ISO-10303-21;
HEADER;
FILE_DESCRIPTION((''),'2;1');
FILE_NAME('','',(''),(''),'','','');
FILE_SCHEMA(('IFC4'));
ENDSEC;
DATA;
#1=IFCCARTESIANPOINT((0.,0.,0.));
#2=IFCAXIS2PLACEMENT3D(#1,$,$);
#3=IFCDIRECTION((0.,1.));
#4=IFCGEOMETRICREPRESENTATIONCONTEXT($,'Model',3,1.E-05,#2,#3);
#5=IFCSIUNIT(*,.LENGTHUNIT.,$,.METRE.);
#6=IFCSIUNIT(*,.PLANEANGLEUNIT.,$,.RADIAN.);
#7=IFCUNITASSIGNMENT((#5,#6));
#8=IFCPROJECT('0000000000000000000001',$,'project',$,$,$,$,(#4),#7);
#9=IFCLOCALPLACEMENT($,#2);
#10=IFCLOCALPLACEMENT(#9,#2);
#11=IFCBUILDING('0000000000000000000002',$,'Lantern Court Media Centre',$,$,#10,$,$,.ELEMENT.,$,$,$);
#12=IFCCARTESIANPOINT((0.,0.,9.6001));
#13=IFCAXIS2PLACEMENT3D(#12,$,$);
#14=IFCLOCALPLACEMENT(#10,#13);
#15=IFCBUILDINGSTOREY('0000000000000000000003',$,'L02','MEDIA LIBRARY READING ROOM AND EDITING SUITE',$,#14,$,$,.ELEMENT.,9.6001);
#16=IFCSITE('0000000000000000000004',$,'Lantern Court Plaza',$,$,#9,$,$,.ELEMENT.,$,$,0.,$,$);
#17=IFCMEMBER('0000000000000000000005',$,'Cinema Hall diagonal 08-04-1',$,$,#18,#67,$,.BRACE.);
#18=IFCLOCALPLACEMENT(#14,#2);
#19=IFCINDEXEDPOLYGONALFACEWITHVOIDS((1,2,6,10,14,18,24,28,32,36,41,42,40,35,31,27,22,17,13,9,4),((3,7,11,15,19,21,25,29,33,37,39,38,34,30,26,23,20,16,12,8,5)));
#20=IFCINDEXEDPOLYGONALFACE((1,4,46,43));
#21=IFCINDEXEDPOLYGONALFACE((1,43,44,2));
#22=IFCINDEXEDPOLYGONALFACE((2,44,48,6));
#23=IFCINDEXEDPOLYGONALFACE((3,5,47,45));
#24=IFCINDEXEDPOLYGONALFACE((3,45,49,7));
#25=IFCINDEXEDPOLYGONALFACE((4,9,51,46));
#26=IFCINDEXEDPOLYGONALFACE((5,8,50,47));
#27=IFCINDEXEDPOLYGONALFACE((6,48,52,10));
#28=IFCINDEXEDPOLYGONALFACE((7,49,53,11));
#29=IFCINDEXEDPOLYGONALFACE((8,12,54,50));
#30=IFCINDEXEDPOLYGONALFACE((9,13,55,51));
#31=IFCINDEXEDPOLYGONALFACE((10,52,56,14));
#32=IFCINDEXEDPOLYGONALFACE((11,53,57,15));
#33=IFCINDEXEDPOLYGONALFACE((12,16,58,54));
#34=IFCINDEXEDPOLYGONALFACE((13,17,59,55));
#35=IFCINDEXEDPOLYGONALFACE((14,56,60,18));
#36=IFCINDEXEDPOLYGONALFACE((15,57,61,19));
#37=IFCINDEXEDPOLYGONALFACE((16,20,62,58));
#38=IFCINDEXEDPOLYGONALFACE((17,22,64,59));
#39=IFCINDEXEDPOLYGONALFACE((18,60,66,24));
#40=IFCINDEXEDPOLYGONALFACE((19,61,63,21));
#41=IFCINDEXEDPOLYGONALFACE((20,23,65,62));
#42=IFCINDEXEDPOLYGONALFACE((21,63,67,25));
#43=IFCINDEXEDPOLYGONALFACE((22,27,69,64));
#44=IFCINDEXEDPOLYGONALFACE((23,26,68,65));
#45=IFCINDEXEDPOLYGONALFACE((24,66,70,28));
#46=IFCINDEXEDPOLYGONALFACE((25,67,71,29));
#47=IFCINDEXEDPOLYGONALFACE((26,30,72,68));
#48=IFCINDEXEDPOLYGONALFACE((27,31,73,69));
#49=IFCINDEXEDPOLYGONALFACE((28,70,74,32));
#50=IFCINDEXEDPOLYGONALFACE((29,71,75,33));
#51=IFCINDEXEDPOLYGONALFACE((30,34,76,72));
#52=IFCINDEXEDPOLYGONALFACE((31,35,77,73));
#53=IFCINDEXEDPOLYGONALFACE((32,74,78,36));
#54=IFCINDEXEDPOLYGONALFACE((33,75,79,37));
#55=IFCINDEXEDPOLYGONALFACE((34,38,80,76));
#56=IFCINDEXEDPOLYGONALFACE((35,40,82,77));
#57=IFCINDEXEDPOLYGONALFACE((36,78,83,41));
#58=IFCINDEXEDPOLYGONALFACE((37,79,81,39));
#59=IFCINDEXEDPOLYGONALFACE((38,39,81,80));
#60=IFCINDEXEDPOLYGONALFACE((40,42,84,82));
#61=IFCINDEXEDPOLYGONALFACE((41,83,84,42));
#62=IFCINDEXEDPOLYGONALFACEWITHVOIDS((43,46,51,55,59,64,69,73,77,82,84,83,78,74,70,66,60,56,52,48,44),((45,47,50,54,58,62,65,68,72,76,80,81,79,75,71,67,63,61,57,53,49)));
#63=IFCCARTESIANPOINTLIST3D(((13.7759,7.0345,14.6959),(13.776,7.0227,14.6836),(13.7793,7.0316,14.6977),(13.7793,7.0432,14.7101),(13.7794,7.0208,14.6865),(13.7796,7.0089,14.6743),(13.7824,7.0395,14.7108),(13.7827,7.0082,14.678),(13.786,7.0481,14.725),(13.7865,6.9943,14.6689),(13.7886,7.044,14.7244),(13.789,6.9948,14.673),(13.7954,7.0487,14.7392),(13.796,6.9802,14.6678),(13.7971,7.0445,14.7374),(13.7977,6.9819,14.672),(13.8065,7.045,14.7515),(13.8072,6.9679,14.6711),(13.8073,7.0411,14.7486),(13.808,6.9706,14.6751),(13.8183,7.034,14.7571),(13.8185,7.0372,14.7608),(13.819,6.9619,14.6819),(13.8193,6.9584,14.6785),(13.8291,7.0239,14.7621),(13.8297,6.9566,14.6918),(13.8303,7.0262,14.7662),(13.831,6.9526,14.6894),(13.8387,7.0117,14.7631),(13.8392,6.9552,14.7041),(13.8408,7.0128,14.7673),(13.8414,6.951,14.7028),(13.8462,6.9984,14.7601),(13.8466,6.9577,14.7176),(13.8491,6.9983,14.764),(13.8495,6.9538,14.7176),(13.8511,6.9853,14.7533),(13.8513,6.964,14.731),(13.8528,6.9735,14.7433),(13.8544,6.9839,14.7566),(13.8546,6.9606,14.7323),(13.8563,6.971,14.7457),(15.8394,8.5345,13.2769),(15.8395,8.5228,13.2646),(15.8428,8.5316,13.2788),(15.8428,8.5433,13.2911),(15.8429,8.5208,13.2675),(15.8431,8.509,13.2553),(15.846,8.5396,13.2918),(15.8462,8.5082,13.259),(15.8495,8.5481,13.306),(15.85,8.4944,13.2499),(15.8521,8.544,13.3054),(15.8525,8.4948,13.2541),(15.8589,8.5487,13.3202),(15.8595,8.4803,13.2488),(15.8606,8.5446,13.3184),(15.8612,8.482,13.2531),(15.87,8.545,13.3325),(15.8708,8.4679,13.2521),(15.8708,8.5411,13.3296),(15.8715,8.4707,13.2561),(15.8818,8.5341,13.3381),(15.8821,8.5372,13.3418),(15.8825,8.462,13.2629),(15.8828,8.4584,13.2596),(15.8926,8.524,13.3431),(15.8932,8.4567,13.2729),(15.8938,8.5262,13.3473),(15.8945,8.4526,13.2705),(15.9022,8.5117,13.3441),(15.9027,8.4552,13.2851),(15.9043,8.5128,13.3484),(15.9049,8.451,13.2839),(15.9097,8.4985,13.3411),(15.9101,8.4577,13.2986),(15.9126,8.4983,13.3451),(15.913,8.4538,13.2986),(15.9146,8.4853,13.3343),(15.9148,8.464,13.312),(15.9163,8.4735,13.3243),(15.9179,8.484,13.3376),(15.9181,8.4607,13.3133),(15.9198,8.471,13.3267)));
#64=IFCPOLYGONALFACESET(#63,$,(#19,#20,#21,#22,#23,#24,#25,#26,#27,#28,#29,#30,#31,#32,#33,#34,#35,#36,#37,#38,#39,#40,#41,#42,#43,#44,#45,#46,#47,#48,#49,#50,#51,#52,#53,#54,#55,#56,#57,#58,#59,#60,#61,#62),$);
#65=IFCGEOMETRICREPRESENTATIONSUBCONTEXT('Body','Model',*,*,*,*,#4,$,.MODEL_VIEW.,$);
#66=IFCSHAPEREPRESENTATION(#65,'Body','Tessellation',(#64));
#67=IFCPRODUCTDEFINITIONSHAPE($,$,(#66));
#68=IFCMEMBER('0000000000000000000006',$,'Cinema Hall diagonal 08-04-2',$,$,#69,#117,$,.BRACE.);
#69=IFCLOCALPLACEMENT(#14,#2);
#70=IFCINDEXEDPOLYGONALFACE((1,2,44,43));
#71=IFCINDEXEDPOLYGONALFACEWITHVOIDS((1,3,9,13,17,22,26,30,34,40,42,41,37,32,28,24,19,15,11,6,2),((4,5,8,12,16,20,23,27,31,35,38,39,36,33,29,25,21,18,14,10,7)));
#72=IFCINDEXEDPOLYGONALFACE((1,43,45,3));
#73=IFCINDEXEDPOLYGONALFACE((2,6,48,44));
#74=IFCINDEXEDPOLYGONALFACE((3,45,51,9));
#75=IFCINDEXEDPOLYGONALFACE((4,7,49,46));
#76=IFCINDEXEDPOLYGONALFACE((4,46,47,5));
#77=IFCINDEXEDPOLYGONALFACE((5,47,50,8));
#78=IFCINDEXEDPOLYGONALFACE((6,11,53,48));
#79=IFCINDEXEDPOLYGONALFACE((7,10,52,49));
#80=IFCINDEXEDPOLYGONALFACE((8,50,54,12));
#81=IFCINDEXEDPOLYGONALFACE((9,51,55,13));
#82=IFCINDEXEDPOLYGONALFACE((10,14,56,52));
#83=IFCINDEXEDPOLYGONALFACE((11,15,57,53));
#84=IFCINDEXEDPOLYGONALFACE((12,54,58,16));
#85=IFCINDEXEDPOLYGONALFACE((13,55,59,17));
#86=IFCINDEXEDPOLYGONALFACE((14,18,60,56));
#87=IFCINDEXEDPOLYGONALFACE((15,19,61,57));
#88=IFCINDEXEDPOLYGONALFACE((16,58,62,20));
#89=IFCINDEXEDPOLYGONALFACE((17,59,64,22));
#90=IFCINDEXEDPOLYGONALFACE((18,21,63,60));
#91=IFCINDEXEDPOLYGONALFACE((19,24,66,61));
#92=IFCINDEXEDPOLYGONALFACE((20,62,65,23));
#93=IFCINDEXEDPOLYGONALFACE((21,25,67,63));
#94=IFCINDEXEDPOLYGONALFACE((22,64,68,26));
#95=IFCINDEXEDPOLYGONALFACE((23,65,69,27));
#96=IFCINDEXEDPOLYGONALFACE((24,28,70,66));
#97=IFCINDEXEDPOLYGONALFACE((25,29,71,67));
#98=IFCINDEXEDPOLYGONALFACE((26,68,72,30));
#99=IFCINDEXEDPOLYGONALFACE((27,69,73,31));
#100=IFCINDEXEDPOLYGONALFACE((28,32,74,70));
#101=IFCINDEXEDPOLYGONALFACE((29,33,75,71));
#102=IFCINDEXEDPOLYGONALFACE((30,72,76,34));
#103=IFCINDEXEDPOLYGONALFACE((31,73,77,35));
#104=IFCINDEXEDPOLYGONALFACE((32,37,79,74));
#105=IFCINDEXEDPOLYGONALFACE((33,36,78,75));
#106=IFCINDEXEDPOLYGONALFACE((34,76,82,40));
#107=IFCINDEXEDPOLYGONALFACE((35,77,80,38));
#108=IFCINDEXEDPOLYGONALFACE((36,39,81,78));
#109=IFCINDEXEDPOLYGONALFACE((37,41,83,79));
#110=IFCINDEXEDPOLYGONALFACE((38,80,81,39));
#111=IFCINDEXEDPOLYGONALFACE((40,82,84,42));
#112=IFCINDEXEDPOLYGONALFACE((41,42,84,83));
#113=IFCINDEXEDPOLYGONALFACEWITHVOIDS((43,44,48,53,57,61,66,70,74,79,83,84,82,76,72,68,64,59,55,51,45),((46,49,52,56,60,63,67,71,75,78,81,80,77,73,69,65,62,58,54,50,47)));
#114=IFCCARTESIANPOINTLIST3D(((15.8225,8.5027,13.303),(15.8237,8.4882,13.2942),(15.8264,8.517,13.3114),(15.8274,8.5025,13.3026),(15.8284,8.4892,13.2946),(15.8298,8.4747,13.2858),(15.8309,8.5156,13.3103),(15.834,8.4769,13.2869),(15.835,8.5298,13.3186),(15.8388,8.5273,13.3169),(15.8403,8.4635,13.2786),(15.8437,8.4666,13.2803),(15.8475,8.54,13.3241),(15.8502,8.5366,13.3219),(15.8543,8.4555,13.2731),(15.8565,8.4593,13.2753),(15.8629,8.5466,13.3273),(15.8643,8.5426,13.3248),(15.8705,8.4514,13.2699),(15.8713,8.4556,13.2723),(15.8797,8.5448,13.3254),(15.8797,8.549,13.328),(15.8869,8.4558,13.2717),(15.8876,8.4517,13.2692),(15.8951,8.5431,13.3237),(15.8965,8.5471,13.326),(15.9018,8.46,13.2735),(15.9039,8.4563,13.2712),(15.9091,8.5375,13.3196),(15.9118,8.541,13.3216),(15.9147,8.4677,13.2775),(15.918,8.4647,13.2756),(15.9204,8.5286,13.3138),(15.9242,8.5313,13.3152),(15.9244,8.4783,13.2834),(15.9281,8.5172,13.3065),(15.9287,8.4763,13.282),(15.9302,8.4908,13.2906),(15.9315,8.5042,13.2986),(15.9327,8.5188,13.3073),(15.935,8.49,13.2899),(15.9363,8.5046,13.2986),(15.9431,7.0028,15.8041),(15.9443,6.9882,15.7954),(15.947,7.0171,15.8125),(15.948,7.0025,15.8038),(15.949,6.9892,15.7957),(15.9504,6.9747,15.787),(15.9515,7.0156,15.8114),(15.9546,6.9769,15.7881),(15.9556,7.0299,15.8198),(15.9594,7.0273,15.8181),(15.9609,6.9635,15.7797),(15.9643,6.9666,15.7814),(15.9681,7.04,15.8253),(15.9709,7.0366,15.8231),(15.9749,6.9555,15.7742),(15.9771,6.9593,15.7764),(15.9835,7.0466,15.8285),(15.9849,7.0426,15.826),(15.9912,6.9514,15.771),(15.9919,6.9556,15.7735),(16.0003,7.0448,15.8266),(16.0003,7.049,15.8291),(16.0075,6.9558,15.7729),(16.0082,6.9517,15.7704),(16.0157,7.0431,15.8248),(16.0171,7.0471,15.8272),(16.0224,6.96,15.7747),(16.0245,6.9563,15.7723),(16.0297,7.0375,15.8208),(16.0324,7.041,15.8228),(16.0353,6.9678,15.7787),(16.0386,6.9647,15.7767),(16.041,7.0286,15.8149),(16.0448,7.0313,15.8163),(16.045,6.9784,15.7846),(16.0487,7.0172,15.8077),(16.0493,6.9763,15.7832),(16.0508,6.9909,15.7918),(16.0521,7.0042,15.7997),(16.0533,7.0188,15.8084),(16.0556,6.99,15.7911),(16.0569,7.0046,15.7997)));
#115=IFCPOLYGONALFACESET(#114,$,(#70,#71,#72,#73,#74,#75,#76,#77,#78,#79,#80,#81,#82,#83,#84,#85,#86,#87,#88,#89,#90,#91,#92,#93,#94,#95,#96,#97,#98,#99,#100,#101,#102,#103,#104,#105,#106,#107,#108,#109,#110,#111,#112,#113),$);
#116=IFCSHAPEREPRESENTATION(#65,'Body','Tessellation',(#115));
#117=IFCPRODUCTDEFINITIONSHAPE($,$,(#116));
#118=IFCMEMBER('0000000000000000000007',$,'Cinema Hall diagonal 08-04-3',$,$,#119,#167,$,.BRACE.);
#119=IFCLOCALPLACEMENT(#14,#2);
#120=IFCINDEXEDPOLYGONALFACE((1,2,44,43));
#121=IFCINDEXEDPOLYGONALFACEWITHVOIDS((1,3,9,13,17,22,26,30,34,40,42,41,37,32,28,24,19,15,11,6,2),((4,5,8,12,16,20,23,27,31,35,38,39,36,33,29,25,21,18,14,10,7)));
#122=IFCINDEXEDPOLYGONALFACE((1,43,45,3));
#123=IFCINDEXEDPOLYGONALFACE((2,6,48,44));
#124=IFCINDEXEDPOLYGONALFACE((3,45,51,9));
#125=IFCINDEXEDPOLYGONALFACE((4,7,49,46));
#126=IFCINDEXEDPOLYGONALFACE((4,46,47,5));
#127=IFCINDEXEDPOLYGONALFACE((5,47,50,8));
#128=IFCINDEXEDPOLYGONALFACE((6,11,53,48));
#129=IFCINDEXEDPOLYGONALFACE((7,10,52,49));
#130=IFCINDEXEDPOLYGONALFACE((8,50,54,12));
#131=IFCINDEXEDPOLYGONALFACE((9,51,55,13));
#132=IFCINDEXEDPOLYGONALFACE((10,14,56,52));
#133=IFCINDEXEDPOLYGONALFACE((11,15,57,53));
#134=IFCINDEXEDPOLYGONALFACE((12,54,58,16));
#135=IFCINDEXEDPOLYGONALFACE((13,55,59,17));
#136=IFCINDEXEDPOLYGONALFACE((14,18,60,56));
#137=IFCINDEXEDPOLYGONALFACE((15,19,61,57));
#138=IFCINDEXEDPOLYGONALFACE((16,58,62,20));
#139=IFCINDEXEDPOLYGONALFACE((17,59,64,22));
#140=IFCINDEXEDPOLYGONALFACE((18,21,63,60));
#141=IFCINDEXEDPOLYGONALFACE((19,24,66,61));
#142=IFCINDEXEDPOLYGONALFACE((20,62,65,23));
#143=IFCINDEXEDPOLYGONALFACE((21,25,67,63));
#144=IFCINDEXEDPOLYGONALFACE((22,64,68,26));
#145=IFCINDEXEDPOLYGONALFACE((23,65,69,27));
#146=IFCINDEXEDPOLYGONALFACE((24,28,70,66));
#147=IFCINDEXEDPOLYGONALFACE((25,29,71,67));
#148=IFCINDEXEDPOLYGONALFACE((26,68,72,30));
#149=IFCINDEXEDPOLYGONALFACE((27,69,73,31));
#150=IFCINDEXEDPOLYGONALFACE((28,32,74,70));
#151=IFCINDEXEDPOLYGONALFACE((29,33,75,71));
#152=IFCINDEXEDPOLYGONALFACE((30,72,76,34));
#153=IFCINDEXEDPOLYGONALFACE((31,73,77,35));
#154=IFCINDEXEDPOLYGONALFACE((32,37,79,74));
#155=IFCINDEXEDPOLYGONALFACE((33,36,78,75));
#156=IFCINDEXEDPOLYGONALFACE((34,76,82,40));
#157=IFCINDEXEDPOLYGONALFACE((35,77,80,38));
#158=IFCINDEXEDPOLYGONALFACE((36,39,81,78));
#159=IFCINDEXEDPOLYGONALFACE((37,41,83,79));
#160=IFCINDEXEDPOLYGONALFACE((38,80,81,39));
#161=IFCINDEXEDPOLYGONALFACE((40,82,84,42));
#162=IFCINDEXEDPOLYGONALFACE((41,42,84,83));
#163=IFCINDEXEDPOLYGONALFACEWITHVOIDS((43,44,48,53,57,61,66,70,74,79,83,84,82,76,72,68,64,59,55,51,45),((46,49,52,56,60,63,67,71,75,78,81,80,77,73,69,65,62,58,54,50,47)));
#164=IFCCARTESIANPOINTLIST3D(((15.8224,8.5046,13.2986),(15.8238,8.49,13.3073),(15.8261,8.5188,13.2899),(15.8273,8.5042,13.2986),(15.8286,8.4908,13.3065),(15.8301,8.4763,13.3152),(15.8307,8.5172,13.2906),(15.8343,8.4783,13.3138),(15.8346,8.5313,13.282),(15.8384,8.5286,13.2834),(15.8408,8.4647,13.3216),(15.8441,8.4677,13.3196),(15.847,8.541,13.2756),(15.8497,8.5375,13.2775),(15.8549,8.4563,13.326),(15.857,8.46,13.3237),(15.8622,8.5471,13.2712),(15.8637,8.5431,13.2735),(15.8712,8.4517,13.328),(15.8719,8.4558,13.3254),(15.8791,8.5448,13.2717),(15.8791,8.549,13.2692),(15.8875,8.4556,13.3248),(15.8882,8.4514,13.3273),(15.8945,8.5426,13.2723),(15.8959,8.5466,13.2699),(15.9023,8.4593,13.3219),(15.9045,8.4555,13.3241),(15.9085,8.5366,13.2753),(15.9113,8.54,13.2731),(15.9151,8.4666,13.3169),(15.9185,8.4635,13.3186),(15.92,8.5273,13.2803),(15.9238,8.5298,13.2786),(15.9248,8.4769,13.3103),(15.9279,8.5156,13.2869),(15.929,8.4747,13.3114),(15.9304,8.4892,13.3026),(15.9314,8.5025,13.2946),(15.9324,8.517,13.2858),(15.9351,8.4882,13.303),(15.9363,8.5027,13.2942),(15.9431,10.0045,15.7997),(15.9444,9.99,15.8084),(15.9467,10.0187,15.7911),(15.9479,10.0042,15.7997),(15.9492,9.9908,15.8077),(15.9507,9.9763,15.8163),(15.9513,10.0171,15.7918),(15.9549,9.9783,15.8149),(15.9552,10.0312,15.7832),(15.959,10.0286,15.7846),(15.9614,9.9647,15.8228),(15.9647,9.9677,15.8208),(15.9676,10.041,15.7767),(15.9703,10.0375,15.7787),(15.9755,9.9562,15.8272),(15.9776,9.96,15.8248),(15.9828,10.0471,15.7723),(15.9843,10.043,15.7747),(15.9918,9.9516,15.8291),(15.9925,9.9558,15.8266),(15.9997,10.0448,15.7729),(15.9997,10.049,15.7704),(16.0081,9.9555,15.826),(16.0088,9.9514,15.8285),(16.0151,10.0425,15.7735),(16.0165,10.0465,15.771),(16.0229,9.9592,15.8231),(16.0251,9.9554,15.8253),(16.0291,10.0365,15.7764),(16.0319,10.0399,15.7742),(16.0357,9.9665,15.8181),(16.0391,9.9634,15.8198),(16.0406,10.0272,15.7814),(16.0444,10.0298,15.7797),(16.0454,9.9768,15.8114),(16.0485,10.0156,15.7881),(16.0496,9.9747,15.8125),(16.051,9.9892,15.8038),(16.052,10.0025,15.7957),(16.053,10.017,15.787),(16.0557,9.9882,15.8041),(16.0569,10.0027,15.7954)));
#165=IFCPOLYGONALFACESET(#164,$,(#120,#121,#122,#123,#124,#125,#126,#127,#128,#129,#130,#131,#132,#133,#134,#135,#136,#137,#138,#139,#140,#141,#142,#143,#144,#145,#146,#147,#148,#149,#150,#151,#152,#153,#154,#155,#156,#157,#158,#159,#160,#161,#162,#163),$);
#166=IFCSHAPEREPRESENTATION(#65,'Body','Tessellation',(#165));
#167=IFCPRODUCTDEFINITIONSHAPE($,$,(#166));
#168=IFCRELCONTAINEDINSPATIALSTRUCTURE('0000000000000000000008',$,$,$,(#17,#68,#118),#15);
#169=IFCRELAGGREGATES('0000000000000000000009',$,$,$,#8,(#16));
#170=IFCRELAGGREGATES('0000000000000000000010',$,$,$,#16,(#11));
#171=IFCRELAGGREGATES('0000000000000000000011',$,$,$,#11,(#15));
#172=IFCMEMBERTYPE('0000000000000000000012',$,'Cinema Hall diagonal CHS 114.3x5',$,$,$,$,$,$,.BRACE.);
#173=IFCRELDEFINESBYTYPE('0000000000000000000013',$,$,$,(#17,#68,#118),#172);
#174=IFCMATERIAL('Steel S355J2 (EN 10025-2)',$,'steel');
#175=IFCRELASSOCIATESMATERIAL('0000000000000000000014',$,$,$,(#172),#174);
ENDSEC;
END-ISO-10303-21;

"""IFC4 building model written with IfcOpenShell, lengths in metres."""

from ifc_helpers import new_model, si_unit, direction, frame, origin, origin_2d, place, context, subcontext, project, spatial, hollow_circle, extrude, material, material_profile, profile_set, type_object, element, save


model = new_model("IFC4")

# Units and contexts
model_context = context("Model", 3, precision=1e-05, world=origin(), true_north=direction((0.0, 1.0)))
body_context = subcontext(model_context, "Body", "Model", "MODEL_VIEW")
ifc_project = project(units=[si_unit("LENGTHUNIT", "METRE"), si_unit("PLANEANGLEUNIT", "RADIAN")], contexts=[model_context])

# Site, building, storey
site_placement = place(None, origin())
site = spatial("IfcSite", under=ifc_project, at=site_placement, Name="Lantern Court Plaza", CompositionType="ELEMENT", RefElevation=0.0)
building_placement = place(site_placement, origin())
building = spatial("IfcBuilding", under=site, at=building_placement, Name="Lantern Court Media Centre", CompositionType="ELEMENT")
storey_placement = place(building_placement, frame((0.0, 0.0, 9.6001)))
storey = spatial("IfcBuildingStorey", under=building, at=storey_placement, Name="L02", Description="MEDIA LIBRARY READING ROOM AND EDITING SUITE", CompositionType="ELEMENT", Elevation=9.6001)

# Members
ifc_material = material(Name="Steel S355J2 (EN 10025-2)", Category="steel")
ifc_material_profile_1 = material_profile(ifc_material, hollow_circle(Radius=0.0571, WallThickness=0.0049, at=origin_2d()), Name="Cinema Hall diagonal CHS 114.3x5")
ifc_profile_set_1 = profile_set([ifc_material_profile_1], Name="Steel S355J2 (EN 10025-2)")
member_type_1 = type_object("IfcMemberType", Name="Cinema Hall diagonal CHS 114.3x5", PredefinedType="BRACE", material=ifc_profile_set_1)
for number, where, z_axis, x_axis, name in (
    (1, (15.8794, 8.5, 13.2986), (-0.70688, -0.513851, 0.486084), (0.58799, -0.808868, 0.0), "Cinema Hall diagonal 08-04-1"),
):
    element("IfcMember", number, at=place(storey_placement, frame(where, z_axis=z_axis, x_axis=x_axis)), inside=storey, type_object=member_type_1, Name=name, PredefinedType="BRACE", context=body_context, shape_type="SweptSolid", body=[
        extrude(hollow_circle(Radius=0.0571, WallThickness=0.0049, at=origin_2d()), origin(), (0.0, 0.0, 1.0), 2.9192),
    ])
for number, where, z_axis, x_axis, name in (
    (2, (15.8794, 8.5, 13.2986), (0.041317, -0.513872, 0.856871), (0.996783, 0.080145, 0.0), "Cinema Hall diagonal 08-04-2"),
    (3, (15.8794, 8.5, 13.2986), (0.041317, 0.513872, 0.856871), (-0.996783, 0.080145, 0.0), "Cinema Hall diagonal 08-04-3"),
):
    element("IfcMember", number, at=place(storey_placement, frame(where, z_axis=z_axis, x_axis=x_axis)), inside=storey, type_object=member_type_1, Name=name, PredefinedType="BRACE", context=body_context, shape_type="SweptSolid", body=[
        extrude(hollow_circle(Radius=0.0571, WallThickness=0.0049, at=origin_2d()), origin(), (0.0, 0.0, 1.0), 2.9189),
    ])

save(model, "model.ifc")
